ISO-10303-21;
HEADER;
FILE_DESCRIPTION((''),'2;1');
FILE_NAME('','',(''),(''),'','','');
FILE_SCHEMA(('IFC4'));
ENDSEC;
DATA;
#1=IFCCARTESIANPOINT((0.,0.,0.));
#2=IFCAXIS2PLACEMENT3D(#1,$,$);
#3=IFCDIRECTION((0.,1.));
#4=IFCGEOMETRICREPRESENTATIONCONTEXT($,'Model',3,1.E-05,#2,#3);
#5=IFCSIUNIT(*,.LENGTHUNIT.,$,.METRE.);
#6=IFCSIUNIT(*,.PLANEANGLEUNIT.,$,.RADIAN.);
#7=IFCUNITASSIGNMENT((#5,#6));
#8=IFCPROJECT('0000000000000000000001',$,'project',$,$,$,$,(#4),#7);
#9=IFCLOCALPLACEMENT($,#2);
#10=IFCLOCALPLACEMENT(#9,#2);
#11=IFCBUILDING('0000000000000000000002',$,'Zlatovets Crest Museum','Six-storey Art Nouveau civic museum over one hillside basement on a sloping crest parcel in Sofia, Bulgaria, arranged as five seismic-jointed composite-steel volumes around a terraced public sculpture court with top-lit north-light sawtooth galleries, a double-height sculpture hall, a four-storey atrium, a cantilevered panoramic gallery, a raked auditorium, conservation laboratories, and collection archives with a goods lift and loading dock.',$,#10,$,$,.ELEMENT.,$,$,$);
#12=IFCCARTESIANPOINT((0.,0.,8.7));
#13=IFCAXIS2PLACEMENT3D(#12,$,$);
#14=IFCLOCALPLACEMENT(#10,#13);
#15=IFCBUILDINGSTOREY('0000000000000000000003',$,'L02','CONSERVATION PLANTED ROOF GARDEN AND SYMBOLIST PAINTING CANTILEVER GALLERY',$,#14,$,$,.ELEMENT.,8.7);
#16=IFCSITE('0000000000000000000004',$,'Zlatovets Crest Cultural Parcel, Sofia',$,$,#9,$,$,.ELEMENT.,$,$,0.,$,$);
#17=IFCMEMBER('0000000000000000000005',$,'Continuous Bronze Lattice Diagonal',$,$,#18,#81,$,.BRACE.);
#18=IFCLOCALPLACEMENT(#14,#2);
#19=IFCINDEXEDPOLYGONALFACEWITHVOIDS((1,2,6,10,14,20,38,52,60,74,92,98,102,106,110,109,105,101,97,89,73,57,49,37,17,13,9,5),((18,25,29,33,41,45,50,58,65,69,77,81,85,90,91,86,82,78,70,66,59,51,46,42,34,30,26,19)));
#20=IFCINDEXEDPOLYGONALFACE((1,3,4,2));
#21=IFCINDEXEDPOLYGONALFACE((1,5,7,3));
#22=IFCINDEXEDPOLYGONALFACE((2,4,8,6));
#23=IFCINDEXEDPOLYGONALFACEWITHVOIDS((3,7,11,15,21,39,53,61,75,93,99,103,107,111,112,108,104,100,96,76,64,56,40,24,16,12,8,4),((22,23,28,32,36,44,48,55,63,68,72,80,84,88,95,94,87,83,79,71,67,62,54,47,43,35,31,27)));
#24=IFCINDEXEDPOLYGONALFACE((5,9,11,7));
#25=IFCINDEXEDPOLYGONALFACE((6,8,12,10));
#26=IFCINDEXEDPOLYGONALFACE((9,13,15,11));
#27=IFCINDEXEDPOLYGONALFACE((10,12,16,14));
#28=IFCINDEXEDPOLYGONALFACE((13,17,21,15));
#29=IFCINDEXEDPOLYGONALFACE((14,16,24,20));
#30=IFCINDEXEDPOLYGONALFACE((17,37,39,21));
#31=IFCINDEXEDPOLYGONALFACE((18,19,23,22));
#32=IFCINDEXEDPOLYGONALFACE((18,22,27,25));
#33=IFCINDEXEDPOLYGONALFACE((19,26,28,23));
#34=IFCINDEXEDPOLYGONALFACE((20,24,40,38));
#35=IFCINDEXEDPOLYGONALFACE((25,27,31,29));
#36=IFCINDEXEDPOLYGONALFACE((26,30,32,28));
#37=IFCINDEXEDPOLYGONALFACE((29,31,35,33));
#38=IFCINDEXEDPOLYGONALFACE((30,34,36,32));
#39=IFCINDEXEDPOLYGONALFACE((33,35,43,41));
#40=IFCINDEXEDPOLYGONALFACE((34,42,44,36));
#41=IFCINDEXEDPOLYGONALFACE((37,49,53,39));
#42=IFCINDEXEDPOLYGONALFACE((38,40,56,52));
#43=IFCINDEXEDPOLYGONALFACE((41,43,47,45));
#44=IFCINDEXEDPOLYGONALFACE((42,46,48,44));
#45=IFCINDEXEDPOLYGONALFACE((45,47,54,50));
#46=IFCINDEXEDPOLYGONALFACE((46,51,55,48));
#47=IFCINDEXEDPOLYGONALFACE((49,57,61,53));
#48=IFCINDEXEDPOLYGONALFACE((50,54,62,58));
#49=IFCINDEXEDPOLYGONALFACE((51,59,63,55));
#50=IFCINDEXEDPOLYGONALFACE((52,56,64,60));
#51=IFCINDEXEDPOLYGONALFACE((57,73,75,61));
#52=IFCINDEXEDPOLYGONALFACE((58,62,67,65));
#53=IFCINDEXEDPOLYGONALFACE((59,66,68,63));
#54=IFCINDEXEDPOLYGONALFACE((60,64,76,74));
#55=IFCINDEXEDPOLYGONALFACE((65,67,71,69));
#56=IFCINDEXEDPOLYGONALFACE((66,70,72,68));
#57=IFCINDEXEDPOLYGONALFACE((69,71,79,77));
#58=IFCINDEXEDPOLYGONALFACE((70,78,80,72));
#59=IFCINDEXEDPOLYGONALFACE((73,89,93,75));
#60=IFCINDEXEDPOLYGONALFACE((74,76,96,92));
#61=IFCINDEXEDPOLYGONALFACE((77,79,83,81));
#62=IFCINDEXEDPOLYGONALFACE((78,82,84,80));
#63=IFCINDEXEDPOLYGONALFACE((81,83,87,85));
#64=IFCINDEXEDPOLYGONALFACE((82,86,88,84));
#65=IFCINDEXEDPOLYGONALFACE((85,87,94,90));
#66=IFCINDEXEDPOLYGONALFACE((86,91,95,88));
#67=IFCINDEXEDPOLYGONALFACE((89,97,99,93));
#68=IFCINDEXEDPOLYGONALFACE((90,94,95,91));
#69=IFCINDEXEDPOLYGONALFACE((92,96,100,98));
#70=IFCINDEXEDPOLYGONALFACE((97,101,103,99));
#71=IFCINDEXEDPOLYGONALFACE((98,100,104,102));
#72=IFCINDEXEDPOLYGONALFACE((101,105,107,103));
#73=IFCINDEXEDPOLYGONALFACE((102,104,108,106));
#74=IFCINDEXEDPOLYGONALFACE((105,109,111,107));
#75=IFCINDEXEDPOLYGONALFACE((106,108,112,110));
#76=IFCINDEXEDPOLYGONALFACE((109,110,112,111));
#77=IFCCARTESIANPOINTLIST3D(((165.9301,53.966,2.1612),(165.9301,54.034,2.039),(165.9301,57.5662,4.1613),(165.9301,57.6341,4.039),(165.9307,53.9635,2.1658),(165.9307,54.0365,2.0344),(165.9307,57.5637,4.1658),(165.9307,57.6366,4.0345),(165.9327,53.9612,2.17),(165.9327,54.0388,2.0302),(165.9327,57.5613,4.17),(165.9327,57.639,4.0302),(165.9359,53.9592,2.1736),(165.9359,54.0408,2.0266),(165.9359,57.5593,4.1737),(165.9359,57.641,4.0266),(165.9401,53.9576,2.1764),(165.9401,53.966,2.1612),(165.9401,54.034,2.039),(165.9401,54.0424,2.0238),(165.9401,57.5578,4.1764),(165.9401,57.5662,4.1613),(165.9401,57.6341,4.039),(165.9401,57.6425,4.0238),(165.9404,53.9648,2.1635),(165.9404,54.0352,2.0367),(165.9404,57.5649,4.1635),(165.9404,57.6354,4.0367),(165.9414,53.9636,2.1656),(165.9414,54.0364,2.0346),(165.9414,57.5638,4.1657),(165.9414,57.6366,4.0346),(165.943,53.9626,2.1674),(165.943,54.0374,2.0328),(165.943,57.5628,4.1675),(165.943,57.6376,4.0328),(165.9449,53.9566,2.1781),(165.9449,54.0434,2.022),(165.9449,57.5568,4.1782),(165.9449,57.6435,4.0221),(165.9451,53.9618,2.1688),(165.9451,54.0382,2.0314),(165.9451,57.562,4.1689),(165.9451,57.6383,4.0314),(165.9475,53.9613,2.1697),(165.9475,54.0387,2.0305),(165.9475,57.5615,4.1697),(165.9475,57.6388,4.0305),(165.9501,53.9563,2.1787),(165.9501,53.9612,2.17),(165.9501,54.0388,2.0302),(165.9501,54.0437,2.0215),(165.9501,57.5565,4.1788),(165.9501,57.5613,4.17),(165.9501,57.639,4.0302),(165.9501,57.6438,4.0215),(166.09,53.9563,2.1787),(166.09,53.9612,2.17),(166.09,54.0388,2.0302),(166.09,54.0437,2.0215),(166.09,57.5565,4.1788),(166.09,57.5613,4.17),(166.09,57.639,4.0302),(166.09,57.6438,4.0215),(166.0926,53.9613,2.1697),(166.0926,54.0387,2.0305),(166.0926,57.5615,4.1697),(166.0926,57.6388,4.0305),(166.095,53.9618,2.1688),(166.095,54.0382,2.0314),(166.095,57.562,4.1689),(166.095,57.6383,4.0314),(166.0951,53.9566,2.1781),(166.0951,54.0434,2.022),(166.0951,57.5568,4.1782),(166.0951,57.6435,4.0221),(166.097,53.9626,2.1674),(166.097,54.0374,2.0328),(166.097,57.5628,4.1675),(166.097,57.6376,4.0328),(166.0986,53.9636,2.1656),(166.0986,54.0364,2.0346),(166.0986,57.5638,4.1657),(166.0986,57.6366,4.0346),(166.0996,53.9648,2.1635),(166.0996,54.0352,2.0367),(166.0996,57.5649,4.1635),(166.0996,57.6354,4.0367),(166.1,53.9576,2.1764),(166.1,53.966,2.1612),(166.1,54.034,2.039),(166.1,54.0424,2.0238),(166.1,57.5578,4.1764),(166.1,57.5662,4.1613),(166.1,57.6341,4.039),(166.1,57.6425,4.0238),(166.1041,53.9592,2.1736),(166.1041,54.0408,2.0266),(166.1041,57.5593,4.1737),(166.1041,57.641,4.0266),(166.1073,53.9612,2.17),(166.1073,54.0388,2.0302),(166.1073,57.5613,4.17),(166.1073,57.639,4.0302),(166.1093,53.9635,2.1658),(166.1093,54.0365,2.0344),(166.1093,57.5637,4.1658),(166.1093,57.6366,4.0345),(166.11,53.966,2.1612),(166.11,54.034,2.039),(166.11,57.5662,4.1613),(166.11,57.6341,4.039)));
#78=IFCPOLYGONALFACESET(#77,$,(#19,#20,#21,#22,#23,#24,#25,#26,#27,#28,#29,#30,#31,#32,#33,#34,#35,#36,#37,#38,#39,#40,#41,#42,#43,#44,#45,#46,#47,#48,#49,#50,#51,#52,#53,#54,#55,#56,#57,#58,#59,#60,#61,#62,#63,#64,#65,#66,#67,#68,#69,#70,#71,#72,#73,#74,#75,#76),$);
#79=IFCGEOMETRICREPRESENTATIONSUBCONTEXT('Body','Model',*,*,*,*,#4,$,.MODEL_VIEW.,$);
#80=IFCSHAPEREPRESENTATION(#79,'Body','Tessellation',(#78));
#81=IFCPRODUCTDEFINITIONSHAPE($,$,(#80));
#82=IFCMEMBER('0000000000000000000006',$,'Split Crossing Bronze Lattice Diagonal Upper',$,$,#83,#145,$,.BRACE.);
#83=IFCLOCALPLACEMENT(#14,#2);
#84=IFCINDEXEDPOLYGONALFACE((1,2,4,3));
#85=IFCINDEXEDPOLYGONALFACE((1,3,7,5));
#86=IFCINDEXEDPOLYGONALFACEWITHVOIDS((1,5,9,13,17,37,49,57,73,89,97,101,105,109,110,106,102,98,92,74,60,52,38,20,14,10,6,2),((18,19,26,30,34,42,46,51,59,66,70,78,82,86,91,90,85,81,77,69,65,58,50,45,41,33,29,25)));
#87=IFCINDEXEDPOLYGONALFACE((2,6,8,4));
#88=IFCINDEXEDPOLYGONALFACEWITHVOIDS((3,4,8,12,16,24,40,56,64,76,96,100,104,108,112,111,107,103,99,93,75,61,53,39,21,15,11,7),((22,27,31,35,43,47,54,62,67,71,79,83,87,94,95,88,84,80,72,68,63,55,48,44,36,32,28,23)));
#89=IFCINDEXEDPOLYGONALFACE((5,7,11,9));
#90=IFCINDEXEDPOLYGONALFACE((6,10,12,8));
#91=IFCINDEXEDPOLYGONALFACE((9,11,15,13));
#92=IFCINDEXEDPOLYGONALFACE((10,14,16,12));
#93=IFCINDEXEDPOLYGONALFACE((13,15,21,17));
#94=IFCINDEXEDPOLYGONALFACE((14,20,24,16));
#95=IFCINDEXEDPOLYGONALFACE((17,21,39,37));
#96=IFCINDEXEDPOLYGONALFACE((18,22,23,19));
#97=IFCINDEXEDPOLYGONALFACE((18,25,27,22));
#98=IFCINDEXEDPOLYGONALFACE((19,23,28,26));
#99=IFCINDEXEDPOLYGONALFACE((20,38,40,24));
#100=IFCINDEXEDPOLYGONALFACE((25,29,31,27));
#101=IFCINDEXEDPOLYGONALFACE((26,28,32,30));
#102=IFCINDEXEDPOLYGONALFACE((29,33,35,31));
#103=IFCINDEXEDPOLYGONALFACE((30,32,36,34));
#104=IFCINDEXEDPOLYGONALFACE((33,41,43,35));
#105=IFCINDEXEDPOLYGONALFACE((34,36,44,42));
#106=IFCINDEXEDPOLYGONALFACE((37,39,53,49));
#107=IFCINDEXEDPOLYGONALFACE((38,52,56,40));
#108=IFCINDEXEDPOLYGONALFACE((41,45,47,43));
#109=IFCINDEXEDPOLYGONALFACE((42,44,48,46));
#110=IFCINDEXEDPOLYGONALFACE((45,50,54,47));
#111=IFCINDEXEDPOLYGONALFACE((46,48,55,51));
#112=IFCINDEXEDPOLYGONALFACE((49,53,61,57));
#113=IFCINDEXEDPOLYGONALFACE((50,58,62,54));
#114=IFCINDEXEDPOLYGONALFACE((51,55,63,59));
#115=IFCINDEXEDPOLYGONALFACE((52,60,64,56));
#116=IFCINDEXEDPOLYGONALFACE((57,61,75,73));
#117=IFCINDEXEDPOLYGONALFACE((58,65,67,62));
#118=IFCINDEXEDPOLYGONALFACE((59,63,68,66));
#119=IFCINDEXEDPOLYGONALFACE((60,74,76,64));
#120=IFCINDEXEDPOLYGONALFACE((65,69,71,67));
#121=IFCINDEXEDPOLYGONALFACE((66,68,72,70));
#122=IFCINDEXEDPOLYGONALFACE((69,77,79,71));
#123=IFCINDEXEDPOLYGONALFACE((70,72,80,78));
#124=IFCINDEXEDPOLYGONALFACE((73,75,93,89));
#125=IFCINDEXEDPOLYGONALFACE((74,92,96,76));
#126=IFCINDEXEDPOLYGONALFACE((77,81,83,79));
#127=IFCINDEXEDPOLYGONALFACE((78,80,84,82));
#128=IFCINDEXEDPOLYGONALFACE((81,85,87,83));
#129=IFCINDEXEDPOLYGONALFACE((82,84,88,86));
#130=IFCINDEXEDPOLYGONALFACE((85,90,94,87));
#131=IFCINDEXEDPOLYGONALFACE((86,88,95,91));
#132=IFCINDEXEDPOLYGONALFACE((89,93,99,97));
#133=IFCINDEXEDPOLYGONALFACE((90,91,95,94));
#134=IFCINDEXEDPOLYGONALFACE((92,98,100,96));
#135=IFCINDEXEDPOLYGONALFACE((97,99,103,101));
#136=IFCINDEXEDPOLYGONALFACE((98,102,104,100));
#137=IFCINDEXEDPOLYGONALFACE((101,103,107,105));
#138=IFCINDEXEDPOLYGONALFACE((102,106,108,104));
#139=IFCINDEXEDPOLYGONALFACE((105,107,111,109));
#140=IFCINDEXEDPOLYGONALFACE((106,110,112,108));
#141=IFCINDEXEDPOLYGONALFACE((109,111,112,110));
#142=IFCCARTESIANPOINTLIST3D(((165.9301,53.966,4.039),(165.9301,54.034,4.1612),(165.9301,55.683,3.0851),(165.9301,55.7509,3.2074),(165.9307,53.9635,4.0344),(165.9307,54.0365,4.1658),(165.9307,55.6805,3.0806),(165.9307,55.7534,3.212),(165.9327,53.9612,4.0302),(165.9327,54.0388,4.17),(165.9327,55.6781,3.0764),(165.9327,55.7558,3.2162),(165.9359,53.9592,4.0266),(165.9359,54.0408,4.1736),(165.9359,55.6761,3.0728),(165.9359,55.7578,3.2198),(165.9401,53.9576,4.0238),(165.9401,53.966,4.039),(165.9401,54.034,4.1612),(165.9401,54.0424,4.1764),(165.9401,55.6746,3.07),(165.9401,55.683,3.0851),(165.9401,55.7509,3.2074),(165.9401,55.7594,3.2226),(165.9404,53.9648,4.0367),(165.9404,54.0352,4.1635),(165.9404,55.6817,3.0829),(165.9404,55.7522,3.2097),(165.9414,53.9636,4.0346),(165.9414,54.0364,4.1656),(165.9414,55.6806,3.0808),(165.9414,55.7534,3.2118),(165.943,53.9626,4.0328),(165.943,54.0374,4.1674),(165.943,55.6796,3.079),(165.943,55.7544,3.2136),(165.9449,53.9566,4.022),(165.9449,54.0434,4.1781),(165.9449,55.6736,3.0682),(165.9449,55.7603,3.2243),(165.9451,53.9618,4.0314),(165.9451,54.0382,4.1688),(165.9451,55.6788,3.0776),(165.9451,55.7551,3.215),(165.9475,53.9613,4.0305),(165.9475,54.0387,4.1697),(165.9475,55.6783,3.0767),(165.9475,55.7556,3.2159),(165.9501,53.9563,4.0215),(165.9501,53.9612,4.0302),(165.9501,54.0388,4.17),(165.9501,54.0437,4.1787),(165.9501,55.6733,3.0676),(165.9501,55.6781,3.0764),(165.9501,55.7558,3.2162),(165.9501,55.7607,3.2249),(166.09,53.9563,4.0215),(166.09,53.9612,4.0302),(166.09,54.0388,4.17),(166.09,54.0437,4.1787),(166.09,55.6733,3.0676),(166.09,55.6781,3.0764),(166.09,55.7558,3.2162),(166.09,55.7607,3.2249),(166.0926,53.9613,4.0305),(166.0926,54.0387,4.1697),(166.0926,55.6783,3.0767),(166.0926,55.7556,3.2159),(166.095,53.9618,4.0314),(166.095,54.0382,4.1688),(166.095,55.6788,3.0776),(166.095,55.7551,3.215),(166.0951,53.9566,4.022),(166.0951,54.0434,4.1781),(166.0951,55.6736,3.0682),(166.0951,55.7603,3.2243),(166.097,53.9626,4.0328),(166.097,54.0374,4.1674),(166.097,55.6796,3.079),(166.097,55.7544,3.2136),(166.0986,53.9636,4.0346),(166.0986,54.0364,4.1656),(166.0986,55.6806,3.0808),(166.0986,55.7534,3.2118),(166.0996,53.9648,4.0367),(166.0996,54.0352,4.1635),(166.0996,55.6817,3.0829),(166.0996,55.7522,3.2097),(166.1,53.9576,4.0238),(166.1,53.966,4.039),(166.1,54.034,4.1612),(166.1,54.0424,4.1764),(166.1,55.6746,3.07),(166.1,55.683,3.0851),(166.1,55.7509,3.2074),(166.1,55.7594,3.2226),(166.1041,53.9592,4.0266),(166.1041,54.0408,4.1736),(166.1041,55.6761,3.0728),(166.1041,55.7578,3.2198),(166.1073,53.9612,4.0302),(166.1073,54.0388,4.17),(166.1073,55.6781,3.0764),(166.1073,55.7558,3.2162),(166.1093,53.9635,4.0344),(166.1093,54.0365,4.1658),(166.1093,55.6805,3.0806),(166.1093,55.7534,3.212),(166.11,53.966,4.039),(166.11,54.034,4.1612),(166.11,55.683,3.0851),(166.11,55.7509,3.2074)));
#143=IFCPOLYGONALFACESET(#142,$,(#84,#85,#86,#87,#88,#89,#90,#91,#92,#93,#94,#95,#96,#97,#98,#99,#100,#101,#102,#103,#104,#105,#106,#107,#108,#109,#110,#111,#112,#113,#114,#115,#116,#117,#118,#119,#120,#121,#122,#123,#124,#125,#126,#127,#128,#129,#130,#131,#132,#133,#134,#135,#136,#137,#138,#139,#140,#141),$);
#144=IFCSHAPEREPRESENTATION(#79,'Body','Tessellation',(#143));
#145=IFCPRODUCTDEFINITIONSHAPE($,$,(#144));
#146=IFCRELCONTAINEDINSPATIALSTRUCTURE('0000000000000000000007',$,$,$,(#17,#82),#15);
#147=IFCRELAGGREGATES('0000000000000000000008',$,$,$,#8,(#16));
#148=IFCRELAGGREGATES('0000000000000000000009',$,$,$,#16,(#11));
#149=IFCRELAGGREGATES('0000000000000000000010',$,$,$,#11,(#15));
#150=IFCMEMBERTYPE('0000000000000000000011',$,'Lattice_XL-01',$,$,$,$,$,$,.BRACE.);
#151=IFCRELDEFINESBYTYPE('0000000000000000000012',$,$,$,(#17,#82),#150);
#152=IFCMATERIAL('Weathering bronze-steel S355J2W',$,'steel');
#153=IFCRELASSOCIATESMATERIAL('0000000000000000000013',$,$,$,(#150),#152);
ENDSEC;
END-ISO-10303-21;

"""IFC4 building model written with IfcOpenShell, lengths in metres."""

from ifc_helpers import new_model, si_unit, direction, frame, origin, origin_2d, place, context, subcontext, project, spatial, hollow_rectangle, extrude, material, material_profile, profile_set, type_object, element, save


model = new_model("IFC4")

# Units and contexts
model_context = context("Model", 3, precision=1e-05, world=origin(), true_north=direction((0.0, 1.0)))
body_context = subcontext(model_context, "Body", "Model", "MODEL_VIEW")
ifc_project = project(units=[si_unit("LENGTHUNIT", "METRE"), si_unit("PLANEANGLEUNIT", "RADIAN")], contexts=[model_context])

# Site, building, storey
site_placement = place(None, origin())
site = spatial("IfcSite", under=ifc_project, at=site_placement, Name="Zlatovets Crest Cultural Parcel, Sofia", CompositionType="ELEMENT", RefElevation=0.0)
building_placement = place(site_placement, origin())
building = spatial("IfcBuilding", under=site, at=building_placement, Name="Zlatovets Crest Museum", Description="Six-storey Art Nouveau civic museum over one hillside basement on a sloping crest parcel in Sofia, Bulgaria, arranged as five seismic-jointed composite-steel volumes around a terraced public sculpture court with top-lit north-light sawtooth galleries, a double-height sculpture hall, a four-storey atrium, a cantilevered panoramic gallery, a raked auditorium, conservation laboratories, and collection archives with a goods lift and loading dock.", CompositionType="ELEMENT")
storey_placement = place(building_placement, frame((0.0, 0.0, 8.7)))
storey = spatial("IfcBuildingStorey", under=building, at=storey_placement, Name="L02", Description="CONSERVATION PLANTED ROOF GARDEN AND SYMBOLIST PAINTING CANTILEVER GALLERY", CompositionType="ELEMENT", Elevation=8.7)

# Members
ifc_material_1 = material(Name="Weathering bronze-steel S355J2W", Category="steel")
ifc_material_profile_1 = material_profile(ifc_material_1, hollow_rectangle(XDim=0.1799, YDim=0.1799, WallThickness=0.01, InnerFilletRadius=0.01, OuterFilletRadius=0.02, at=origin_2d()), Name="SHS 180x180x10.0")
ifc_profile_set_1 = profile_set([ifc_material_profile_1], Name="Weathering bronze-steel S355J2W")
member_type_1 = type_object("IfcMemberType", Name="Lattice_XL-01", PredefinedType="BRACE", material=ifc_profile_set_1)
member_1_placement = place(storey_placement, frame((166.02, 54.0, 2.1001), z_axis=(0.0, 0.874163, 0.485633), x_axis=(-1.0, 0.0, 0.0)))
element("IfcMember", 1, at=member_1_placement, inside=storey, type_object=member_type_1, Name="Continuous Bronze Lattice Diagonal", PredefinedType="BRACE", context=body_context, shape_type="SweptSolid", body=[
    extrude(hollow_rectangle(XDim=0.1799, YDim=0.1799, WallThickness=0.01, InnerFilletRadius=0.01, OuterFilletRadius=0.02, at=origin_2d()), origin(), (0.0, 0.0, 1.0), 4.1184),
])
for number, where, z_axis, x_axis, name in (
    (2, (166.02, 54.0, 4.1001), (0.0, 0.874169, -0.485622), (-1.0, 0.0, 0.0), "Split Crossing Bronze Lattice Diagonal Upper"),
):
    element("IfcMember", number, at=place(storey_placement, frame(where, z_axis=z_axis, x_axis=x_axis)), inside=storey, type_object=member_type_1, Name=name, PredefinedType="BRACE", context=body_context, shape_type="SweptSolid", body=[
        extrude(hollow_rectangle(XDim=0.1799, YDim=0.1799, WallThickness=0.01, InnerFilletRadius=0.01, OuterFilletRadius=0.02, at=origin_2d()), origin(), (0.0, 0.0, 1.0), 1.9641),
    ])

save(model, "model.ifc")
